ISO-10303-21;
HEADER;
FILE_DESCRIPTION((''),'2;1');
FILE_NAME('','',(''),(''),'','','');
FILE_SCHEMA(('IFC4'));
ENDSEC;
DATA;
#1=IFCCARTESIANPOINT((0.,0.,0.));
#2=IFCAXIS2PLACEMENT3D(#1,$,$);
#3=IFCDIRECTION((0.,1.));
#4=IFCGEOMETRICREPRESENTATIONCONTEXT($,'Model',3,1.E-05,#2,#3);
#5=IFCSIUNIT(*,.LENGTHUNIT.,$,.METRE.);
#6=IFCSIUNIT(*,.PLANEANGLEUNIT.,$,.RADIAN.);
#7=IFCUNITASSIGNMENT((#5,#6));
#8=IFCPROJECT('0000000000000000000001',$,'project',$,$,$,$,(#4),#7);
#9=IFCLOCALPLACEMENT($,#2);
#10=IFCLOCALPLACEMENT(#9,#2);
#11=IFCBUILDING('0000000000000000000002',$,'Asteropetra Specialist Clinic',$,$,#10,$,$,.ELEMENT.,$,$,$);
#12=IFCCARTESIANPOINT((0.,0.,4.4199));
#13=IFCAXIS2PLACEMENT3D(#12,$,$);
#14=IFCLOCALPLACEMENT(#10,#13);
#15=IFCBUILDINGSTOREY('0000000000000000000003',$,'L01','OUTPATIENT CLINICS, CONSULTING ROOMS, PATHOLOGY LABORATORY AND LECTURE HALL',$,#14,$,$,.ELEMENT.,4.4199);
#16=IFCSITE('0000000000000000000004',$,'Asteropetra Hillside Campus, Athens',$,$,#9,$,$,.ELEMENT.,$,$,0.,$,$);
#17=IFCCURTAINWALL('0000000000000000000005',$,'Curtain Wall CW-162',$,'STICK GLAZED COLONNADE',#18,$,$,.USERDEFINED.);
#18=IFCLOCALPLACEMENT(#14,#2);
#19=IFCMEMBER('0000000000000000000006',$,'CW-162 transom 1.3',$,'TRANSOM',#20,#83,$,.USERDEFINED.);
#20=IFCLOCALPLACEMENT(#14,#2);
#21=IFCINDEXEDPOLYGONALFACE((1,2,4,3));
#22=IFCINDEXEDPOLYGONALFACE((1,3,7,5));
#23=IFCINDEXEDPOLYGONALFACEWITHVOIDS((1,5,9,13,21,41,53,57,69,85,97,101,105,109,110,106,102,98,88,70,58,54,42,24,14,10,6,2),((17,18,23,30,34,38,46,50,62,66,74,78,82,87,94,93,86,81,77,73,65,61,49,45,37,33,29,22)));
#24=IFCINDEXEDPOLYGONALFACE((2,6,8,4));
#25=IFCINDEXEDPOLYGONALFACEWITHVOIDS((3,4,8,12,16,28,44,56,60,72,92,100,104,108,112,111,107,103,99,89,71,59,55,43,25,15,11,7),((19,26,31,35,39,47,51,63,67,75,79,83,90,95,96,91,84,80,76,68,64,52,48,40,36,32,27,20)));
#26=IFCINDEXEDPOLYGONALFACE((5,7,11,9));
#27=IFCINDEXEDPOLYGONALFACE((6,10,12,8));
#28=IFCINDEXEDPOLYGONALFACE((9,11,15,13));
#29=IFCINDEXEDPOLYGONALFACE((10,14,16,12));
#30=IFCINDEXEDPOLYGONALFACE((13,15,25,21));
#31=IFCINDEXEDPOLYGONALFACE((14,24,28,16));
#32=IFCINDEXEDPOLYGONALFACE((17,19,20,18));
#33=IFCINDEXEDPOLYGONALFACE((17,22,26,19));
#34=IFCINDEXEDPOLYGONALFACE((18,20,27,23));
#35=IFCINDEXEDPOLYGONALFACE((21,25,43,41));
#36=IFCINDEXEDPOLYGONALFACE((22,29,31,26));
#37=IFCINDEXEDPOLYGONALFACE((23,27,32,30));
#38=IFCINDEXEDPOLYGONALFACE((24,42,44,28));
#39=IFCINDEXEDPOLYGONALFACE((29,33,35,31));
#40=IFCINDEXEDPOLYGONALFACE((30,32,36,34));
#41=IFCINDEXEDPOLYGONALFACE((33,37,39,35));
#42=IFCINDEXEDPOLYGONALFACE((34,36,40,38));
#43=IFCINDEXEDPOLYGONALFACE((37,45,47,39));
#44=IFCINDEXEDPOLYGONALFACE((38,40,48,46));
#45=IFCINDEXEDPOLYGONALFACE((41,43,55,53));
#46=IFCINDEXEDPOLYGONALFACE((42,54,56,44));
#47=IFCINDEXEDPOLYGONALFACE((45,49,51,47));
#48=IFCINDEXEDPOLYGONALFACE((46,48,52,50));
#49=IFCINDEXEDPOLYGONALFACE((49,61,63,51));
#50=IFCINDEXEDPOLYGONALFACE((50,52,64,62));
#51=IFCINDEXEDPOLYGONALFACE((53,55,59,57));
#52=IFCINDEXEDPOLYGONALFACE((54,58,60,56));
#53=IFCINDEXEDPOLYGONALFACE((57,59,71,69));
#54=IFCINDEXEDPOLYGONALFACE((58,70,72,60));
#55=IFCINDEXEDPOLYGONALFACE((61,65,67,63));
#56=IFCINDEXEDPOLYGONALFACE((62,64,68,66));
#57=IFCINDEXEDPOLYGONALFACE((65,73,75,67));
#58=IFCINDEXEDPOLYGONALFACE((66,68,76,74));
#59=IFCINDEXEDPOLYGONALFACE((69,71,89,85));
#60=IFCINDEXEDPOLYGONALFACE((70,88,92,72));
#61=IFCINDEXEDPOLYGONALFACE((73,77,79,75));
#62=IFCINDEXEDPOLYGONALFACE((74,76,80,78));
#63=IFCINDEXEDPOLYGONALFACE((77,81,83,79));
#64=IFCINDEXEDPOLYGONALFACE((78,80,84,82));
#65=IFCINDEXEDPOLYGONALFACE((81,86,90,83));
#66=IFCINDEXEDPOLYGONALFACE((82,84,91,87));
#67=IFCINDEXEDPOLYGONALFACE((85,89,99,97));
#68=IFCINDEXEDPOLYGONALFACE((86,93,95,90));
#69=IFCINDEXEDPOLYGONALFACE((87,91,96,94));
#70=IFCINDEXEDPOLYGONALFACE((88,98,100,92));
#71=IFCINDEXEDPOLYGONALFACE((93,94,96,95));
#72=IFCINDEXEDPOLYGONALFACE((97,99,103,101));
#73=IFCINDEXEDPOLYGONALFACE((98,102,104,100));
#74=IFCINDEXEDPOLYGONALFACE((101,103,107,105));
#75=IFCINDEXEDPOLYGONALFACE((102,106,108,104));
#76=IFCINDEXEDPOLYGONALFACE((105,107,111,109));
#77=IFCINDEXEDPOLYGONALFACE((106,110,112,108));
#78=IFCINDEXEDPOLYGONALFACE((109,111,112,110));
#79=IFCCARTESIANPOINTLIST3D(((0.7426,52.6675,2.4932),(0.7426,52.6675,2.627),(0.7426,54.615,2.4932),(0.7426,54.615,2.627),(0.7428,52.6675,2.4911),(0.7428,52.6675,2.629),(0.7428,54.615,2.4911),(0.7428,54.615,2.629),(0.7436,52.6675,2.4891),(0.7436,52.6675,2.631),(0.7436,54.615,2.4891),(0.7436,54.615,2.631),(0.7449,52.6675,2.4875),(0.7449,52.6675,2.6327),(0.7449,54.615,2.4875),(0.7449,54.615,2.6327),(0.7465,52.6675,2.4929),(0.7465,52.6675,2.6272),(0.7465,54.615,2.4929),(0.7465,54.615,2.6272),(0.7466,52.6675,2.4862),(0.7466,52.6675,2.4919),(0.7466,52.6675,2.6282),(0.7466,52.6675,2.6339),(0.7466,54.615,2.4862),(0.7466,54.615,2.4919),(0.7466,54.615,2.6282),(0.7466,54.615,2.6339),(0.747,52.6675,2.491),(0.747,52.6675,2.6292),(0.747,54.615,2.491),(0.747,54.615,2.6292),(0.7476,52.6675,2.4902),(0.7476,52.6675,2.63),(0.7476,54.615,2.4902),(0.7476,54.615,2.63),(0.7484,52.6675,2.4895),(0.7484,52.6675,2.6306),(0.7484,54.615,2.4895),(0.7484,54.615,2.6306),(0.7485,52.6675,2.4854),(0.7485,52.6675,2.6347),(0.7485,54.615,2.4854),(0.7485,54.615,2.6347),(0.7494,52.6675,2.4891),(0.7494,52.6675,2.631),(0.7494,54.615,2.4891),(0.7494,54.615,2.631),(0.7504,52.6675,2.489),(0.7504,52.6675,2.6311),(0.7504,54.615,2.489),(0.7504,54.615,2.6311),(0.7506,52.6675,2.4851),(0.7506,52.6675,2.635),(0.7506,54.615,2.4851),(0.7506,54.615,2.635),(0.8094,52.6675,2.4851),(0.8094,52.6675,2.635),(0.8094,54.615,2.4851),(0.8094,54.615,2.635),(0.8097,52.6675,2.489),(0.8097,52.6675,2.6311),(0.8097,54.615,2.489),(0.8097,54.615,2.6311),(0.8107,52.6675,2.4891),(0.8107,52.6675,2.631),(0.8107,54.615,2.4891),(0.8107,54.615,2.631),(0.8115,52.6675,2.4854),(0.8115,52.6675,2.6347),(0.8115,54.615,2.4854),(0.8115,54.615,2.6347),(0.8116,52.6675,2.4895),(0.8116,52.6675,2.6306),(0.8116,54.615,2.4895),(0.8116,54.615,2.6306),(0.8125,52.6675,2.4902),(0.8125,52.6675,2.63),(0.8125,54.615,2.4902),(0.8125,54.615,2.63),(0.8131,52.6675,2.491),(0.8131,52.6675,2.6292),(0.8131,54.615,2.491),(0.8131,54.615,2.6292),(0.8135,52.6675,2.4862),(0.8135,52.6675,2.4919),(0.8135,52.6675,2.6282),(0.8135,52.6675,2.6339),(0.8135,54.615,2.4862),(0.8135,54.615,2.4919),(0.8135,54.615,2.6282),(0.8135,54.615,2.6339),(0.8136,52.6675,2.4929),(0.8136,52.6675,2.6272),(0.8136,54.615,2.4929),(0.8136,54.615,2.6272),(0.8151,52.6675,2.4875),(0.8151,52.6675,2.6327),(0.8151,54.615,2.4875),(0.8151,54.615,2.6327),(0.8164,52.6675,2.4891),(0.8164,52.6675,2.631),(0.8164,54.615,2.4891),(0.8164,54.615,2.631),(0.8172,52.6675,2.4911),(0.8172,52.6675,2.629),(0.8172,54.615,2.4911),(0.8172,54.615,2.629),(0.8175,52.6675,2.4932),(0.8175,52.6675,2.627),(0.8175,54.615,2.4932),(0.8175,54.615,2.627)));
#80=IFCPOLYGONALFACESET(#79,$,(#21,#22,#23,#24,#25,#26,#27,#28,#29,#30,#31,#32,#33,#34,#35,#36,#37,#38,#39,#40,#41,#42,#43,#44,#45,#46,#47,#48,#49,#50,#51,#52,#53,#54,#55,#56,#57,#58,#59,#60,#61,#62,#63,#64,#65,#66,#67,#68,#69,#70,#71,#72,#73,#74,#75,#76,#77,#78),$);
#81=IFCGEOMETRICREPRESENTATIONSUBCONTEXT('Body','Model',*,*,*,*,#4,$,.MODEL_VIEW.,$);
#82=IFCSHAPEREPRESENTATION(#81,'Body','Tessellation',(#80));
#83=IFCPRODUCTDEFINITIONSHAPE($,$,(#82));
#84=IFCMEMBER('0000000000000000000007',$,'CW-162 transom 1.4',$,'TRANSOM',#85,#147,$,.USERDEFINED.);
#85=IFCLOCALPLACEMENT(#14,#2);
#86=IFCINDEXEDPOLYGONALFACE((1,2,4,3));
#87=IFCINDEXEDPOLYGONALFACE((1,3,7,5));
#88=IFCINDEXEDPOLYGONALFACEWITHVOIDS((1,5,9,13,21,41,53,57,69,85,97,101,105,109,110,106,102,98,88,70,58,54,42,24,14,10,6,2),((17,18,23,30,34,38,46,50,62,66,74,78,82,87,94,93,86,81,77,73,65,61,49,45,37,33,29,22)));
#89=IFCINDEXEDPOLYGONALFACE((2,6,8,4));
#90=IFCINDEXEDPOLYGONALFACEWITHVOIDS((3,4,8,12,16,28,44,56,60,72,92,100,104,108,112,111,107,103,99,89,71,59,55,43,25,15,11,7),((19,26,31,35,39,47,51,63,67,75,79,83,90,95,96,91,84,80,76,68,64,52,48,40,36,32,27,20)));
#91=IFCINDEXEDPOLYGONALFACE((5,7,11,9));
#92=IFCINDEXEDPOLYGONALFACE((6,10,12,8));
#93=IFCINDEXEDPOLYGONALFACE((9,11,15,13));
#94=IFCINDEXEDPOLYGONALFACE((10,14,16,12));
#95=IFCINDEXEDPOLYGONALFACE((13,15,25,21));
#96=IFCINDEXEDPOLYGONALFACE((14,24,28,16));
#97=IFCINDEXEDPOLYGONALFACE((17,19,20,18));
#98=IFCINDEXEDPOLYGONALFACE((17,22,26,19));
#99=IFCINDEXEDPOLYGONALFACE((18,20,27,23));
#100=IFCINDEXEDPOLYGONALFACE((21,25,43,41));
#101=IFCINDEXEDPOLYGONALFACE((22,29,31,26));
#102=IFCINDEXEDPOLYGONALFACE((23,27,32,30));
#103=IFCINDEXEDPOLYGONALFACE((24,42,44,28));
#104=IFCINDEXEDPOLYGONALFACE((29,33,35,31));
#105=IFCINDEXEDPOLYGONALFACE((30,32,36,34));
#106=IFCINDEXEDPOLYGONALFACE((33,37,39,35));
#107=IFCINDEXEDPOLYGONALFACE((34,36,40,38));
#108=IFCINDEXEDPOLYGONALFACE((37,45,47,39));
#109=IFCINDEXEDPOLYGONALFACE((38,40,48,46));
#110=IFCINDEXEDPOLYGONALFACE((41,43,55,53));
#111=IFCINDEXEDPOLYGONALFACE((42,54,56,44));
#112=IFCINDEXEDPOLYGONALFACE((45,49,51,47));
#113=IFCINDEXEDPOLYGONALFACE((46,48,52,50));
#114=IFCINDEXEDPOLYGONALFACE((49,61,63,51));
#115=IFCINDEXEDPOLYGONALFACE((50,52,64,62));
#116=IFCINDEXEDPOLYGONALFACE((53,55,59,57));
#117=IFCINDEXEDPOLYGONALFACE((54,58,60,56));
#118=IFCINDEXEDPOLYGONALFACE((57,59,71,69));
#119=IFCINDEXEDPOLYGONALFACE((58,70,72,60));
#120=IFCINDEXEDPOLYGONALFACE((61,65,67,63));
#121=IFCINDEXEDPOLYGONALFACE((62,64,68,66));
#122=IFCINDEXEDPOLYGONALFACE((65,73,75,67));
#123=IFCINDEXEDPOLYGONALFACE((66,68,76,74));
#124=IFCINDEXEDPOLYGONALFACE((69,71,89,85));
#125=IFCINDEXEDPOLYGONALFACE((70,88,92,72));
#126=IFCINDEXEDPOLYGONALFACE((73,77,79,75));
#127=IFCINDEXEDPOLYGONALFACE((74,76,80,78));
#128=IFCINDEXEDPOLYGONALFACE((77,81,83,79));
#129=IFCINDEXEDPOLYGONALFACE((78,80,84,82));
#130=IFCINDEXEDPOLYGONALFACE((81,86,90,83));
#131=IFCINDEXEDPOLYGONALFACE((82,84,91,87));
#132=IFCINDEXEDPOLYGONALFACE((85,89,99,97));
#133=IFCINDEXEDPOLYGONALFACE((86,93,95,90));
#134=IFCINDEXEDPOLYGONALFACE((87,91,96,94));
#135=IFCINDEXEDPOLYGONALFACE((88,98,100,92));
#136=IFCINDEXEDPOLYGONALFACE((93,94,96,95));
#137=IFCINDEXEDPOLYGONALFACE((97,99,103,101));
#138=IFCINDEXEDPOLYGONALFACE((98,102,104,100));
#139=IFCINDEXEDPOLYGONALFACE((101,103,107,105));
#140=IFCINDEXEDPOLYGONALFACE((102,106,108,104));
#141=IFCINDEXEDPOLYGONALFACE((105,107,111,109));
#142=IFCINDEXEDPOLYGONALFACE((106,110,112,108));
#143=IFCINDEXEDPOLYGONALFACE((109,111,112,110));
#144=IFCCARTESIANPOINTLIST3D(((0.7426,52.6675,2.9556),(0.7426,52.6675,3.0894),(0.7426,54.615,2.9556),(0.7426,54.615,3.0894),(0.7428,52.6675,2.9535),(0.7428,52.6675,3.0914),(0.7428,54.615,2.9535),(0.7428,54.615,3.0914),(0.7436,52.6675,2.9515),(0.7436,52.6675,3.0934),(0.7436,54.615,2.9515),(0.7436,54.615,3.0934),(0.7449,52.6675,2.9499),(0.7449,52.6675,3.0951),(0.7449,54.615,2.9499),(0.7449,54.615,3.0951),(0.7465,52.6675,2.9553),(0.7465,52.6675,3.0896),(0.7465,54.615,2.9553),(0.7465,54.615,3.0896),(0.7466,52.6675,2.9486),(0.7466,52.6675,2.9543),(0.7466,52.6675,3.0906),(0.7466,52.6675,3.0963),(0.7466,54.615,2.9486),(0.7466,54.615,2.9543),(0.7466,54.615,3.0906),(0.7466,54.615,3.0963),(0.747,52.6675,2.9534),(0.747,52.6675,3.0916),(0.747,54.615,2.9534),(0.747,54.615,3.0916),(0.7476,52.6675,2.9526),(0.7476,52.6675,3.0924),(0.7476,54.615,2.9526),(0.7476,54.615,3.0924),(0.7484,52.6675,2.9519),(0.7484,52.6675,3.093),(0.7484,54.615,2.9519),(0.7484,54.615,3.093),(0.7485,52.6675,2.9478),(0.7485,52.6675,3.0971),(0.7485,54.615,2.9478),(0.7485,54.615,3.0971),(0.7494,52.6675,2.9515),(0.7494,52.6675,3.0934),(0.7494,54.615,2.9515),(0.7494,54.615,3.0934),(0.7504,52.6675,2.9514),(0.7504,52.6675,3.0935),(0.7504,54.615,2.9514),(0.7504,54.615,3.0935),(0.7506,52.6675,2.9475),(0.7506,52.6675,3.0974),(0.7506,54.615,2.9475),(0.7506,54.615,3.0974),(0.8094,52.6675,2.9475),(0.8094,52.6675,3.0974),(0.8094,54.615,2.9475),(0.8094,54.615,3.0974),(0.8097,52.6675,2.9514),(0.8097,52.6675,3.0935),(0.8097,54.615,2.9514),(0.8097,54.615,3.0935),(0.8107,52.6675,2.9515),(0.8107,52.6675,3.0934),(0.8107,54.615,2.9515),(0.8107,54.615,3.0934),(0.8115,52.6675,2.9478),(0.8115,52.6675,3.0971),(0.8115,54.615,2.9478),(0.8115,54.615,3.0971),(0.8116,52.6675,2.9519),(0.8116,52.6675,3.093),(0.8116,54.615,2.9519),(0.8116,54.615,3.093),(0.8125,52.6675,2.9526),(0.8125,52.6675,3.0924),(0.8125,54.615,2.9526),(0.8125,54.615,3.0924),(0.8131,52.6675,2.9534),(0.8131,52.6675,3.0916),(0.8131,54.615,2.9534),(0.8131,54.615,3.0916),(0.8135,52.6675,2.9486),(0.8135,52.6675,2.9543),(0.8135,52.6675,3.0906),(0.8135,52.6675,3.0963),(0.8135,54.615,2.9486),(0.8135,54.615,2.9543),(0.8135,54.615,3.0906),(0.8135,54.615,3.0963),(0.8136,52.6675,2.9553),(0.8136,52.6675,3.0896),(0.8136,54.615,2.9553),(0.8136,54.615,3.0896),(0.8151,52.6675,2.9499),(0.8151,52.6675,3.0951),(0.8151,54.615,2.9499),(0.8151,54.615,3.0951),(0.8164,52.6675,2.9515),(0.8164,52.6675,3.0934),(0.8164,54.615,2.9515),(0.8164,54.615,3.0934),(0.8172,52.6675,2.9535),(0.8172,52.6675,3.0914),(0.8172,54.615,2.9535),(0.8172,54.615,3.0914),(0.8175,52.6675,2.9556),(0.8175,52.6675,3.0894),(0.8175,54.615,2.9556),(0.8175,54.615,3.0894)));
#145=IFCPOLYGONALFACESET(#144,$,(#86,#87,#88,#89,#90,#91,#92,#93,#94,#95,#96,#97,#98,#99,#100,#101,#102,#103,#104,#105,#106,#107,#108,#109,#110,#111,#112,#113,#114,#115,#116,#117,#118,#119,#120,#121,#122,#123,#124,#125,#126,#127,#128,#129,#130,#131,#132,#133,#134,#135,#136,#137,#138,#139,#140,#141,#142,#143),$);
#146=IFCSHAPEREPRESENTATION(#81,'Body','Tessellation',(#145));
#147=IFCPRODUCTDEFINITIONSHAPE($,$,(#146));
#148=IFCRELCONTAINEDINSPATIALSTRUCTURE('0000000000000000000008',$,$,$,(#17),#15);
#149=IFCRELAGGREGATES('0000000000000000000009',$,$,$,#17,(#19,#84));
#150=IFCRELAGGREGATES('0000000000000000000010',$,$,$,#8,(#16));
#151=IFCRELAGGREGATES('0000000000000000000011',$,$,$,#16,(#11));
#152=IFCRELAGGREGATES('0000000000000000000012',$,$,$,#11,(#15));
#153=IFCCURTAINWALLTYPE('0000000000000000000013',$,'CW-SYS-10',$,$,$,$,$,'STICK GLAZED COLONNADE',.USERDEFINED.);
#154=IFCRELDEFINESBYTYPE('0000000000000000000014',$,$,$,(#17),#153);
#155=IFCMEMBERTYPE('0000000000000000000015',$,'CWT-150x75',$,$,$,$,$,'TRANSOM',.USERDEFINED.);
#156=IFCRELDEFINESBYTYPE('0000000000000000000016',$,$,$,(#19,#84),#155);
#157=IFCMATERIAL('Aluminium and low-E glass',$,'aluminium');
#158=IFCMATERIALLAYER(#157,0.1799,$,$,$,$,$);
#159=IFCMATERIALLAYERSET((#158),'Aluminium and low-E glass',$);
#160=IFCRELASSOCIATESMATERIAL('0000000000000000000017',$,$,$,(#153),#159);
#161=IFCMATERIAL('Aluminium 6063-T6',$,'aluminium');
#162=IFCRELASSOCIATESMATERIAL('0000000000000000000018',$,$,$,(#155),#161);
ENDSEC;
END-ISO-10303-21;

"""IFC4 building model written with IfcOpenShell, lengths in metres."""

from ifc_helpers import new_model, si_unit, direction, frame, origin, origin_2d, place, context, subcontext, project, spatial, hollow_rectangle, extrude, material, layer, layer_set, material_profile, profile_set, type_object, element, aggregate, save


model = new_model("IFC4")

# Units and contexts
model_context = context("Model", 3, precision=1e-05, world=origin(), true_north=direction((0.0, 1.0)))
body_context = subcontext(model_context, "Body", "Model", "MODEL_VIEW")
ifc_project = project(units=[si_unit("LENGTHUNIT", "METRE"), si_unit("PLANEANGLEUNIT", "RADIAN")], contexts=[model_context])

# Site, building, storey
site_placement = place(None, origin())
site = spatial("IfcSite", under=ifc_project, at=site_placement, Name="Asteropetra Hillside Campus, Athens", CompositionType="ELEMENT", RefElevation=0.0)
building_placement = place(site_placement, origin())
building = spatial("IfcBuilding", under=site, at=building_placement, Name="Asteropetra Specialist Clinic", CompositionType="ELEMENT")
storey_placement = place(building_placement, frame((0.0, 0.0, 4.4199)))
storey = spatial("IfcBuildingStorey", under=building, at=storey_placement, Name="L01", Description="OUTPATIENT CLINICS, CONSULTING ROOMS, PATHOLOGY LABORATORY AND LECTURE HALL", CompositionType="ELEMENT", Elevation=4.4199)

# Curtain wall, members
ifc_material_1 = material(Name="Aluminium and low-E glass", Category="aluminium")
ifc_layer_1 = layer(ifc_material_1, 0.1799)
ifc_layer_set_1 = layer_set([ifc_layer_1], Name="Aluminium and low-E glass")
curtain_wall_type_1 = type_object("IfcCurtainWallType", Name="CW-SYS-10", ElementType="STICK GLAZED COLONNADE", PredefinedType="USERDEFINED", material=ifc_layer_set_1)
curtain_wall_1_placement = place(storey_placement, origin())
curtain_wall_1 = element("IfcCurtainWall", 1, at=curtain_wall_1_placement, inside=storey, type_object=curtain_wall_type_1, Name="Curtain Wall CW-162", ObjectType="STICK GLAZED COLONNADE", PredefinedType="USERDEFINED")
ifc_material_2 = material(Name="Aluminium 6063-T6", Category="aluminium")
ifc_material_profile_1 = material_profile(ifc_material_2, hollow_rectangle(XDim=0.075, YDim=0.1499, WallThickness=0.0039, InnerFilletRadius=0.0039, OuterFilletRadius=0.0081, at=origin_2d()), Name="TRN 150x75x4.0")
ifc_profile_set_1 = profile_set([ifc_material_profile_1], Name="Aluminium 6063-T6")
member_type_1 = type_object("IfcMemberType", Name="CWT-150x75", ElementType="TRANSOM", PredefinedType="USERDEFINED", material=ifc_profile_set_1)
member_1_placement = place(storey_placement, frame((0.78, 54.615, 2.5601), z_axis=(0.0, -1.0, 0.0), x_axis=(1.0, 0.0, 0.0)))
member_1 = element("IfcMember", 2, at=member_1_placement, type_object=member_type_1, Name="CW-162 transom 1.3", ObjectType="TRANSOM", PredefinedType="USERDEFINED", context=body_context, shape_type="SweptSolid", body=[
    extrude(hollow_rectangle(XDim=0.075, YDim=0.1499, WallThickness=0.0039, InnerFilletRadius=0.0039, OuterFilletRadius=0.0081, at=origin_2d()), origin(), (0.0, 0.0, 1.0), 1.9475),
])
member_2_placement = place(storey_placement, frame((0.78, 54.615, 3.0225), z_axis=(0.0, -1.0, 0.0), x_axis=(1.0, 0.0, 0.0)))
member_2 = element("IfcMember", 3, at=member_2_placement, type_object=member_type_1, Name="CW-162 transom 1.4", ObjectType="TRANSOM", PredefinedType="USERDEFINED", context=body_context, shape_type="SweptSolid", body=[
    extrude(hollow_rectangle(XDim=0.075, YDim=0.1499, WallThickness=0.0039, InnerFilletRadius=0.0039, OuterFilletRadius=0.0081, at=origin_2d()), origin(), (0.0, 0.0, 1.0), 1.9475),
])

aggregate(curtain_wall_1, [member_1, member_2])

save(model, "model.ifc")
